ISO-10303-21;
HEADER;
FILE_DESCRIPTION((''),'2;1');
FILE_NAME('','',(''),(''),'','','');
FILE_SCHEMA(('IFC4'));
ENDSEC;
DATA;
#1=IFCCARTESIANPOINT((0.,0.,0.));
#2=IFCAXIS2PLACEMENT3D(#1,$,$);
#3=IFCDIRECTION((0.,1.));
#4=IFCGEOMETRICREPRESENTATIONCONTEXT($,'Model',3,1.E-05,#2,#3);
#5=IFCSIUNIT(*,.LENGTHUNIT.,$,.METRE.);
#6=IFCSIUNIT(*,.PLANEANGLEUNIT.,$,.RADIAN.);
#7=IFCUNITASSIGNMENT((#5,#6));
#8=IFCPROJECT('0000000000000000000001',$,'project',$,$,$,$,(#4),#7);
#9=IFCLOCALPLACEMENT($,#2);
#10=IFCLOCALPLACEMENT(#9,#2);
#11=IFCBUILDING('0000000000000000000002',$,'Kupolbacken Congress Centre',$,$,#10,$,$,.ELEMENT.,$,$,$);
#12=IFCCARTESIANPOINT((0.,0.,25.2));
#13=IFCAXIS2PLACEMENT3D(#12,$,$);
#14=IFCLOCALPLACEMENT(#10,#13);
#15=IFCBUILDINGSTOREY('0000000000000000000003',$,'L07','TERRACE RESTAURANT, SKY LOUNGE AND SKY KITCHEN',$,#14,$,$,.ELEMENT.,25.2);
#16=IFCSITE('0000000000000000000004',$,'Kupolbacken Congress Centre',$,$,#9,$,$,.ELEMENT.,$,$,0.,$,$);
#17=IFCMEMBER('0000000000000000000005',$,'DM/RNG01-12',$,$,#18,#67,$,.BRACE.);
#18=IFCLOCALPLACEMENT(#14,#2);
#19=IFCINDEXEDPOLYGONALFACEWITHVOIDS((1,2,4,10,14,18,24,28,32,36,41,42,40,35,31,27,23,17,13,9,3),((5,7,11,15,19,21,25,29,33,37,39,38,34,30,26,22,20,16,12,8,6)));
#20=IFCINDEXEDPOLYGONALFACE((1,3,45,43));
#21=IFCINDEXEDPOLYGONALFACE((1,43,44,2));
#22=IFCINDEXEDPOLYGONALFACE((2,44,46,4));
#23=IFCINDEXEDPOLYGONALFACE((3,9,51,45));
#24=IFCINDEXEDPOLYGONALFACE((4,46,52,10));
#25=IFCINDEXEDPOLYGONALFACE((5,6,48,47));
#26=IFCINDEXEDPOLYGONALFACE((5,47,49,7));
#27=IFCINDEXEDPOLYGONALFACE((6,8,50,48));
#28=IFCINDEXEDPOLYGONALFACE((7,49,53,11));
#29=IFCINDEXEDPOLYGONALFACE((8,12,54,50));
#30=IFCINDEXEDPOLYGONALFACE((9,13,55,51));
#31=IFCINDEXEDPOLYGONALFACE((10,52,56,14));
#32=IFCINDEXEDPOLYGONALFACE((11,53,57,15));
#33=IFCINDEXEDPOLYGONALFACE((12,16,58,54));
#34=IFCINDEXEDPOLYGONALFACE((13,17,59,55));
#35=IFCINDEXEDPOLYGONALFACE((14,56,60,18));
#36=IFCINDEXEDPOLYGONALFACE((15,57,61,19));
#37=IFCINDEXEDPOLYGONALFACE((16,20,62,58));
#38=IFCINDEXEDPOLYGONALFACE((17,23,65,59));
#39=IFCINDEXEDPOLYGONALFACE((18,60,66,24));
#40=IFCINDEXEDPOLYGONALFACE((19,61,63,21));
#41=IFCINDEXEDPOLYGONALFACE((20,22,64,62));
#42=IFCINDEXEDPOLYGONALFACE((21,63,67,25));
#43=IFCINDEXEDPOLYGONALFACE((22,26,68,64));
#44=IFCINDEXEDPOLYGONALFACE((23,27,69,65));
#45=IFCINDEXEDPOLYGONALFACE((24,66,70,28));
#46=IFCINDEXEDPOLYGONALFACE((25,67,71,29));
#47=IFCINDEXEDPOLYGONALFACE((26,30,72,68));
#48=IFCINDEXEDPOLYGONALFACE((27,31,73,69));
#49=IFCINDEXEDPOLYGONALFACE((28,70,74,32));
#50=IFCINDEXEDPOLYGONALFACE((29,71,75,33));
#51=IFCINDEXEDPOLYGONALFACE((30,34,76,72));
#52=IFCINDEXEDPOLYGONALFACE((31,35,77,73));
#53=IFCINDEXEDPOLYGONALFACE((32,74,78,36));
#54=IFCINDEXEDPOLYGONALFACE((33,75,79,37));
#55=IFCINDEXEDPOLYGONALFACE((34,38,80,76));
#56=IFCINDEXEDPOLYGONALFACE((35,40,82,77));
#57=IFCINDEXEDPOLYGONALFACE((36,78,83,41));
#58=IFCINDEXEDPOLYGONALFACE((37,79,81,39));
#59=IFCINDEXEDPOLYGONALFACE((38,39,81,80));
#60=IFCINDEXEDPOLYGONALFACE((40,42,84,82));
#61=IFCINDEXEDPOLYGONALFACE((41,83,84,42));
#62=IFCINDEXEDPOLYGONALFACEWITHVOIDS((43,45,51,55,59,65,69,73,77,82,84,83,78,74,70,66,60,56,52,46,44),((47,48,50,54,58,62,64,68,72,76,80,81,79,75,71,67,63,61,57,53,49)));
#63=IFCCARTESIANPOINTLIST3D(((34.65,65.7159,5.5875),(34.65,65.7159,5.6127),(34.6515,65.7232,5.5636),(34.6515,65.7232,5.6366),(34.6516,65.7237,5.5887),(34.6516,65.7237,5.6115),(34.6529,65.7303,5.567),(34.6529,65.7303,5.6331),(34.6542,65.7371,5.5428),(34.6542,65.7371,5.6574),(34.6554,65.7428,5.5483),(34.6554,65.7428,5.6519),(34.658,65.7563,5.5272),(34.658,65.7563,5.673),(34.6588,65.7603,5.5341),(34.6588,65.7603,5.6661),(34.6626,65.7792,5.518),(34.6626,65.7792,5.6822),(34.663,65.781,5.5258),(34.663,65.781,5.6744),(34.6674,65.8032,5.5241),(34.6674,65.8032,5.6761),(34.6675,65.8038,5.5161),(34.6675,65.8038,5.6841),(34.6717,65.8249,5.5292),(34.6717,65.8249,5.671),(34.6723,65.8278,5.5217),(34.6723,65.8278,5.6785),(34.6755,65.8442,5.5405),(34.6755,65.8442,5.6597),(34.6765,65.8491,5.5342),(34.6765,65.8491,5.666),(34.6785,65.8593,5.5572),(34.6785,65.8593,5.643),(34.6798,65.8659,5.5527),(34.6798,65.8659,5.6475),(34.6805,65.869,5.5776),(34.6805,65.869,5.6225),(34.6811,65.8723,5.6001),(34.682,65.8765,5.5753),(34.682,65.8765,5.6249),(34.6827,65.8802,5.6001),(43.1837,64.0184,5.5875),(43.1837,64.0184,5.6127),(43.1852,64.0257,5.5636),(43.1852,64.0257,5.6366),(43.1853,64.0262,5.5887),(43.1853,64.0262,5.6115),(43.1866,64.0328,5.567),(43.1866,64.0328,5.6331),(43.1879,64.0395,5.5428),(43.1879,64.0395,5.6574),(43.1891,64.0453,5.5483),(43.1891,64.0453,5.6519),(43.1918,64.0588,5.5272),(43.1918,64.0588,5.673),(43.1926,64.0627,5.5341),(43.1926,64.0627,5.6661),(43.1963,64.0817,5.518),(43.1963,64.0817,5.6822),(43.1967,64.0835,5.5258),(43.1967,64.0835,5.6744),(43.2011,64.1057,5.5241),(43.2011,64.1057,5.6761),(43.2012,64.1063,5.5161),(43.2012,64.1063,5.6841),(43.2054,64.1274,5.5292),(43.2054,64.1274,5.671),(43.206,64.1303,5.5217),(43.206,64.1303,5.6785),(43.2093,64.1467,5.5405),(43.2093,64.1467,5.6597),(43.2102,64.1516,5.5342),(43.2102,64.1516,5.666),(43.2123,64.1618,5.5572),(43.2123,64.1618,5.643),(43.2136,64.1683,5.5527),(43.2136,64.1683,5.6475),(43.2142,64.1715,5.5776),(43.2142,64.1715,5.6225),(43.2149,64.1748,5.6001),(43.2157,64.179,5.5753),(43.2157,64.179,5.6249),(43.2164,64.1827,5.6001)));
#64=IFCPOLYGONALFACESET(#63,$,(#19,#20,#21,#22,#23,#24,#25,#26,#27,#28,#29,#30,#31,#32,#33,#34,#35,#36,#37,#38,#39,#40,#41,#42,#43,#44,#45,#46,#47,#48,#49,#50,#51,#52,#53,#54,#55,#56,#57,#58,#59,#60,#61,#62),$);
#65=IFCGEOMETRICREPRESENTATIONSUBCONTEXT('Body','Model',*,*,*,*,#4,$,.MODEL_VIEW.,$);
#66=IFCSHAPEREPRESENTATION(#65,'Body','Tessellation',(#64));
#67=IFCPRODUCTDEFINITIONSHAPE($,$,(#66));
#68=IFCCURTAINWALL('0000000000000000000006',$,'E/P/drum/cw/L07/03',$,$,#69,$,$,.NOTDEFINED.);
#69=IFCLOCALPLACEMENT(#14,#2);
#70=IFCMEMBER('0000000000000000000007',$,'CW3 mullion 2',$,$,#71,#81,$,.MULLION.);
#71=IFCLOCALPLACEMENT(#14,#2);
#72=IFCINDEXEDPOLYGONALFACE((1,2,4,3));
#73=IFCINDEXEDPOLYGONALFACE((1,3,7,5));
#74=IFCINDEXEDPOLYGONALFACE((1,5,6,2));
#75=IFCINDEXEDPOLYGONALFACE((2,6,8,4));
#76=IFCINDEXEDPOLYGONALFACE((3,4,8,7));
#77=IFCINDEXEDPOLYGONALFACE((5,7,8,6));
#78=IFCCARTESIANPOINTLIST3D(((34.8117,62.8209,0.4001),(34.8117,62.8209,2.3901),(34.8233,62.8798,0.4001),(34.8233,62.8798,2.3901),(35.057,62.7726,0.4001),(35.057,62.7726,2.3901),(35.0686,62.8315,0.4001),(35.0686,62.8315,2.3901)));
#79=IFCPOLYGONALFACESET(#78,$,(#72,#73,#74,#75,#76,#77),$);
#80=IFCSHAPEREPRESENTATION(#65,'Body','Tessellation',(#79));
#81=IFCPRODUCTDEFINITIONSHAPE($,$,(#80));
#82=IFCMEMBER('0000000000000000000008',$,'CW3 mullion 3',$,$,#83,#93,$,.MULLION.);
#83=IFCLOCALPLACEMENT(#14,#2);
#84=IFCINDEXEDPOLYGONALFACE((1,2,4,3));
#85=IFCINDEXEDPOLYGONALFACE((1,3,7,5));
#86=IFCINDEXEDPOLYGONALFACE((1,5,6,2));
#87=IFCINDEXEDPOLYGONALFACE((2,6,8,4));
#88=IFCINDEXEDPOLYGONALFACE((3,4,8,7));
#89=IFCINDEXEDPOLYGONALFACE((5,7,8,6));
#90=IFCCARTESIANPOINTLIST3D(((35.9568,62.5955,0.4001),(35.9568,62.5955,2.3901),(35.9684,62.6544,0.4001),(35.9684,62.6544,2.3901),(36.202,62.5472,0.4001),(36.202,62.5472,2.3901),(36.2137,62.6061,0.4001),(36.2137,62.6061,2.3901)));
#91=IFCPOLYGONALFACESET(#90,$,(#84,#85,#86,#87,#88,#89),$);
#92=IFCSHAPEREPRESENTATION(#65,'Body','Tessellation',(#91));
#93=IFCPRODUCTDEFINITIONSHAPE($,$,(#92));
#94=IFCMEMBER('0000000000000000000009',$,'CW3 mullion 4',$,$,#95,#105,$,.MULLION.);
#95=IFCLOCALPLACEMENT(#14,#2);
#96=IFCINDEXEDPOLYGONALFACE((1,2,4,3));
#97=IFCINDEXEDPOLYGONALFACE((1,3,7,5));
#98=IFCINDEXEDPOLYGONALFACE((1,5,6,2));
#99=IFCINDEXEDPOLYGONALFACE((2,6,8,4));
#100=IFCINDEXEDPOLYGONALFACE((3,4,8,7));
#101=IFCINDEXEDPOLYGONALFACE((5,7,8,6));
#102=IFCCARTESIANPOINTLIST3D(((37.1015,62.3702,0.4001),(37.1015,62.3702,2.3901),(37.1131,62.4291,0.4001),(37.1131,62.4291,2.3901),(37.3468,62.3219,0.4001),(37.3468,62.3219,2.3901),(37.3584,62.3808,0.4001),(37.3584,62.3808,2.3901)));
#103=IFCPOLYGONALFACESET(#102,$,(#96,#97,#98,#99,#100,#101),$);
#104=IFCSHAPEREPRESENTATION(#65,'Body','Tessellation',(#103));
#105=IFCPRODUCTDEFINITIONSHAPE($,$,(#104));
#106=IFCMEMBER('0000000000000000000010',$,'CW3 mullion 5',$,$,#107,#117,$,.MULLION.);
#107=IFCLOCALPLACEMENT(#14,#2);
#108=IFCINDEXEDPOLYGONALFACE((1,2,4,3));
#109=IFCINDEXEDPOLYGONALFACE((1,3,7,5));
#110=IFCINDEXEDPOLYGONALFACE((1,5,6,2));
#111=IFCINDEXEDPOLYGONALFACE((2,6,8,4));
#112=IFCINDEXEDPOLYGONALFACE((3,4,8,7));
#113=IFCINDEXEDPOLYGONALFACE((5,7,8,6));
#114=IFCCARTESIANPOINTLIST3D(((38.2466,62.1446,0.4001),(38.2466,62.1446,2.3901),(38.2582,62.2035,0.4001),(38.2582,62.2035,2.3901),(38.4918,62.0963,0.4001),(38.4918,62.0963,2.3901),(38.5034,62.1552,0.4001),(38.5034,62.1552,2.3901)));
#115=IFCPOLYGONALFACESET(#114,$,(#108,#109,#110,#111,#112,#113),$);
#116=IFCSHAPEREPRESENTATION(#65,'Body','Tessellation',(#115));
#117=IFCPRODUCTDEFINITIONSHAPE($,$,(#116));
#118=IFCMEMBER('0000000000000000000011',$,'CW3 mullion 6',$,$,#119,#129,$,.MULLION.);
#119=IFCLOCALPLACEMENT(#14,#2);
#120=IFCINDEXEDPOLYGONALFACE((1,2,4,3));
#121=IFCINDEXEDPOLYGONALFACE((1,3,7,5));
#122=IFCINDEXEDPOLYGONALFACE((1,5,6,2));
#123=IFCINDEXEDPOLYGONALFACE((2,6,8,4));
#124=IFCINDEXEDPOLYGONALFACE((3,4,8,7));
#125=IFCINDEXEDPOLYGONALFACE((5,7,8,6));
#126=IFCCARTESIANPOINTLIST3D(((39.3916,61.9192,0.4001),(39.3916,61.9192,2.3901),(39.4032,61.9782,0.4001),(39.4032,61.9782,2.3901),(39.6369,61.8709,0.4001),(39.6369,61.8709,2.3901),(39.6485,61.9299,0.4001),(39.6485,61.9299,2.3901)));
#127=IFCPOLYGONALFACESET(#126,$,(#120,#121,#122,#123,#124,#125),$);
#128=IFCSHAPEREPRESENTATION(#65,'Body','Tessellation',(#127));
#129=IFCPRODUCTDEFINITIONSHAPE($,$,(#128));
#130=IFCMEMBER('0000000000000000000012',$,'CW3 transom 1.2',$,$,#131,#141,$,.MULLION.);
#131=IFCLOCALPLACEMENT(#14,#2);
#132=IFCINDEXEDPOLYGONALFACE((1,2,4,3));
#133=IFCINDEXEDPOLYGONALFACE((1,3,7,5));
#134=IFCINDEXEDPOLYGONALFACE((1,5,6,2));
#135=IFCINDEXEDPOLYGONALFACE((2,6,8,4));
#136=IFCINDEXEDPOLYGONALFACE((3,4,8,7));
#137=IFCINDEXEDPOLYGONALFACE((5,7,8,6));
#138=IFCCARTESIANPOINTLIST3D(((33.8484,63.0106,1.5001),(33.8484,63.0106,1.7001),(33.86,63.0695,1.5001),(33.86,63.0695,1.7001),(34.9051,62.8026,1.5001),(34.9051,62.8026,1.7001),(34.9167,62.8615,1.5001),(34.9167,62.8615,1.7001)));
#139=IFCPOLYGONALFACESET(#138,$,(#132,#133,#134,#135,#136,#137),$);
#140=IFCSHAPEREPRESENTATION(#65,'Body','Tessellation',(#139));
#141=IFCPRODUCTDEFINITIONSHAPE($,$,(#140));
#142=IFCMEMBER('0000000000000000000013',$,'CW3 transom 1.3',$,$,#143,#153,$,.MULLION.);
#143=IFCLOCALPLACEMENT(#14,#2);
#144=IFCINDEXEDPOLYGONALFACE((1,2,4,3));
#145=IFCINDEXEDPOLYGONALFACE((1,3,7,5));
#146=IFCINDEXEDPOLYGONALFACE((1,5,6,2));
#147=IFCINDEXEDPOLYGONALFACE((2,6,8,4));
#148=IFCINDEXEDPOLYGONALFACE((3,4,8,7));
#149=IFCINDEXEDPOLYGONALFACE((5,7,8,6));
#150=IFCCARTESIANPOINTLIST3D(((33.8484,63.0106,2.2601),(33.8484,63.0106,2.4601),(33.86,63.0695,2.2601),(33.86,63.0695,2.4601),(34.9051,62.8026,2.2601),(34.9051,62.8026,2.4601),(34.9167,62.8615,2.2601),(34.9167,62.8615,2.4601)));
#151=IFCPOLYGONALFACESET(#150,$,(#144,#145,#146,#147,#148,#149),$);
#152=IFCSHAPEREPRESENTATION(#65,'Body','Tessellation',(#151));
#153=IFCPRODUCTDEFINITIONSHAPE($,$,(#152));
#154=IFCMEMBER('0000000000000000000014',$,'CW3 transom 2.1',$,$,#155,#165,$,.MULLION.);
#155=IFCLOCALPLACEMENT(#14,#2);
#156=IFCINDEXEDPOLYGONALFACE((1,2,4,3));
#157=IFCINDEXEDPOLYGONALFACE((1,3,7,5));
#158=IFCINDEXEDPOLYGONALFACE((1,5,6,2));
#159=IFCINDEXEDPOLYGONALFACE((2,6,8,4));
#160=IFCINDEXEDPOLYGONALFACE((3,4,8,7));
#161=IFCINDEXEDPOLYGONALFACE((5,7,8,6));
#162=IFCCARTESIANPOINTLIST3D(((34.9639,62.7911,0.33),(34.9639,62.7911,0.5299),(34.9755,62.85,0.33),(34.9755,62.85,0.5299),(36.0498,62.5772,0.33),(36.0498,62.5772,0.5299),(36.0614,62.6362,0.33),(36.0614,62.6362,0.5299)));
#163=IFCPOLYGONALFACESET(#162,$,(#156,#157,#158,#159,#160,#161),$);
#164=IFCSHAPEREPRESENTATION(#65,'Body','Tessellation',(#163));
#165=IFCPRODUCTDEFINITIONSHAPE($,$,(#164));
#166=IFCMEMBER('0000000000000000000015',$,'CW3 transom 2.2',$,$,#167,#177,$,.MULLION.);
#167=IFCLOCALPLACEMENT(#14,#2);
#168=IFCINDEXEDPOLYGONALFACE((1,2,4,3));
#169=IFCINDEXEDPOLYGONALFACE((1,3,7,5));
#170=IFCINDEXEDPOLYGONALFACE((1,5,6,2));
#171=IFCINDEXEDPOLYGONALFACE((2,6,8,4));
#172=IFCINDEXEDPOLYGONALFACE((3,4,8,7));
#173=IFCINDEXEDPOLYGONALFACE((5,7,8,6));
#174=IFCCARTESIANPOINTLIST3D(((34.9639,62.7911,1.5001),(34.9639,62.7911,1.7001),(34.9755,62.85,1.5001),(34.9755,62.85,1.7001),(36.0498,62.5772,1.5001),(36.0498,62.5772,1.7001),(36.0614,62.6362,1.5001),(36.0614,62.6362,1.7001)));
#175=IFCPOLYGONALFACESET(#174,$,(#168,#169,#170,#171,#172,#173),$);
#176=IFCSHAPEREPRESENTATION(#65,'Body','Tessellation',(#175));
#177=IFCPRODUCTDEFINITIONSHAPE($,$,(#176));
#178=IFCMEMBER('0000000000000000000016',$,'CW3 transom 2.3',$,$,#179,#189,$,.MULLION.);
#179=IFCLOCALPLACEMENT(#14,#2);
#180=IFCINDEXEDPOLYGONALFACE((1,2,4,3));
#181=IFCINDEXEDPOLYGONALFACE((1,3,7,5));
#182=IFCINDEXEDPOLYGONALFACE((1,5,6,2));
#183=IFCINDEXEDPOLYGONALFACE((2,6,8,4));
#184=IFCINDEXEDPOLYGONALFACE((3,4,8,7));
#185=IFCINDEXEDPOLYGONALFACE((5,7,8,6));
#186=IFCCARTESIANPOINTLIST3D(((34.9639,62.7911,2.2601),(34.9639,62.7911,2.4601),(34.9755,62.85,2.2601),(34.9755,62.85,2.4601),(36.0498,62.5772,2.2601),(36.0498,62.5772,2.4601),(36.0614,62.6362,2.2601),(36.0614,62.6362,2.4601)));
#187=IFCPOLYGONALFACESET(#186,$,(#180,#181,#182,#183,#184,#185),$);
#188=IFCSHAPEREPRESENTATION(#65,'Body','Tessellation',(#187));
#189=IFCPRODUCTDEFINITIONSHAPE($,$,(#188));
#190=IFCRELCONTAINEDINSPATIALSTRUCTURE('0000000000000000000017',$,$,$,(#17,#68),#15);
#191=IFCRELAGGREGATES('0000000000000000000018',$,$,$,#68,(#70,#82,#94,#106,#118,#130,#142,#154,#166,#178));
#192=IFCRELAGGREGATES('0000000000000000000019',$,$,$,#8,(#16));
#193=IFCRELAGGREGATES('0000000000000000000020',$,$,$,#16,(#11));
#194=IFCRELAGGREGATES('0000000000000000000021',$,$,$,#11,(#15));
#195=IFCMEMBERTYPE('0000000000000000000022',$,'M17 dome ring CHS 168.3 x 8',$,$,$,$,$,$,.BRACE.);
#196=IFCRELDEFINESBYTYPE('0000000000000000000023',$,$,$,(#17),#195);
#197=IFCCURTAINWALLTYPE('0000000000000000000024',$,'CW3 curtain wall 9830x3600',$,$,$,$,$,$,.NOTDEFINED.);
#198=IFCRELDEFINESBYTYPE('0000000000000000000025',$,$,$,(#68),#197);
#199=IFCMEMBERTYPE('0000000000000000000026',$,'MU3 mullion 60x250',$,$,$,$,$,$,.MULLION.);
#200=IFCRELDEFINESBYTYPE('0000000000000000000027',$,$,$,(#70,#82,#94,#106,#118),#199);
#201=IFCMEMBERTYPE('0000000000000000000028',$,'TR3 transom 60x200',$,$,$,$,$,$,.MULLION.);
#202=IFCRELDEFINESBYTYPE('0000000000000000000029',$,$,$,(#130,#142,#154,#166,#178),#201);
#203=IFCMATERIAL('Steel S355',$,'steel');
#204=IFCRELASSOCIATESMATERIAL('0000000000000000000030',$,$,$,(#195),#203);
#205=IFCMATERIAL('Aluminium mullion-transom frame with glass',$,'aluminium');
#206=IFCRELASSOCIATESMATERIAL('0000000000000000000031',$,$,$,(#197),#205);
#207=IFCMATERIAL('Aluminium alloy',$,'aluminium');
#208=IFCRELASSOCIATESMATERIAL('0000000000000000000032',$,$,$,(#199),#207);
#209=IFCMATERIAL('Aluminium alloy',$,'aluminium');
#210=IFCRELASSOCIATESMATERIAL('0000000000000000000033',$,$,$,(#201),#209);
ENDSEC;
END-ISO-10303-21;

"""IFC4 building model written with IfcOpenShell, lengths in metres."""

from ifc_helpers import new_model, si_unit, direction, frame, origin, origin_2d, place, context, subcontext, project, spatial, rectangle, hollow_circle, extrude, material, material_profile, profile_set, type_object, element, aggregate, save


model = new_model("IFC4")

# Units and contexts
model_context = context("Model", 3, precision=1e-05, world=origin(), true_north=direction((0.0, 1.0)))
body_context = subcontext(model_context, "Body", "Model", "MODEL_VIEW")
ifc_project = project(units=[si_unit("LENGTHUNIT", "METRE"), si_unit("PLANEANGLEUNIT", "RADIAN")], contexts=[model_context])

# Site, building, storey
site_placement = place(None, origin())
site = spatial("IfcSite", under=ifc_project, at=site_placement, Name="Kupolbacken Congress Centre", CompositionType="ELEMENT", RefElevation=0.0)
building_placement = place(site_placement, origin())
building = spatial("IfcBuilding", under=site, at=building_placement, Name="Kupolbacken Congress Centre", CompositionType="ELEMENT")
storey_placement = place(building_placement, frame((0.0, 0.0, 25.2)))
storey = spatial("IfcBuildingStorey", under=building, at=storey_placement, Name="L07", Description="TERRACE RESTAURANT, SKY LOUNGE AND SKY KITCHEN", CompositionType="ELEMENT", Elevation=25.2)

# Member
ifc_material_1 = material(Name="Steel S355", Category="steel")
ifc_material_profile_1 = material_profile(ifc_material_1, hollow_circle(Radius=0.0842, WallThickness=0.0081, at=origin_2d()), Name="CHS 168.3 x 8")
ifc_profile_set_1 = profile_set([ifc_material_profile_1], Name="Steel S355")
member_type_1 = type_object("IfcMemberType", Name="M17 dome ring CHS 168.3 x 8", PredefinedType="BRACE", material=ifc_profile_set_1)
member_1_placement = place(storey_placement, frame((34.6663, 65.7976, 5.6001), z_axis=(0.980784, -0.195096, 0.0), x_axis=(0.195096, 0.980784, 0.0)))
element("IfcMember", 1, at=member_1_placement, inside=storey, type_object=member_type_1, Name="DM/RNG01-12", PredefinedType="BRACE", context=body_context, shape_type="SweptSolid", body=[
    extrude(hollow_circle(Radius=0.0842, WallThickness=0.0081, at=origin_2d()), origin(), (0.0, 0.0, 1.0), 8.7009),
])

# Curtain wall, members
ifc_material_2 = material(Name="Aluminium mullion-transom frame with glass", Category="aluminium")
curtain_wall_type = type_object("IfcCurtainWallType", Name="CW3 curtain wall 9830x3600", PredefinedType="NOTDEFINED", material=ifc_material_2)
curtain_wall_placement = place(storey_placement, origin())
curtain_wall = element("IfcCurtainWall", 2, at=curtain_wall_placement, inside=storey, type_object=curtain_wall_type, Name="E/P/drum/cw/L07/03", PredefinedType="NOTDEFINED")
ifc_material_3 = material(Name="Aluminium alloy", Category="aluminium")
ifc_material_profile_2 = material_profile(ifc_material_3, rectangle(XDim=0.0601, YDim=0.25, at=origin_2d()), Name="60 x 250")
ifc_profile_set_2 = profile_set([ifc_material_profile_2], Name="Aluminium alloy")
member_type_2 = type_object("IfcMemberType", Name="MU3 mullion 60x250", PredefinedType="MULLION", material=ifc_profile_set_2)
member_2_placement = place(storey_placement, frame((34.9402, 62.8262, 0.4001), z_axis=(0.0, 0.0, 1.0), x_axis=(0.193182, 0.981163, 0.0)))
member_2 = element("IfcMember", 3, at=member_2_placement, type_object=member_type_2, Name="CW3 mullion 2", PredefinedType="MULLION", context=body_context, shape_type="SweptSolid", body=[
    extrude(rectangle(XDim=0.0601, YDim=0.25, at=origin_2d()), origin(), (0.0, 0.0, 1.0), 1.99),
])
member_3_placement = place(storey_placement, frame((36.0852, 62.6008, 0.4001), z_axis=(0.0, 0.0, 1.0), x_axis=(0.193182, 0.981163, 0.0)))
member_3 = element("IfcMember", 4, at=member_3_placement, type_object=member_type_2, Name="CW3 mullion 3", PredefinedType="MULLION", context=body_context, shape_type="SweptSolid", body=[
    extrude(rectangle(XDim=0.0601, YDim=0.25, at=origin_2d()), origin(), (0.0, 0.0, 1.0), 1.99),
])
member_4_placement = place(storey_placement, frame((37.23, 62.3755, 0.4001), z_axis=(0.0, 0.0, 1.0), x_axis=(0.193182, 0.981163, 0.0)))
member_4 = element("IfcMember", 5, at=member_4_placement, type_object=member_type_2, Name="CW3 mullion 4", PredefinedType="MULLION", context=body_context, shape_type="SweptSolid", body=[
    extrude(rectangle(XDim=0.0601, YDim=0.25, at=origin_2d()), origin(), (0.0, 0.0, 1.0), 1.99),
])
member_5_placement = place(storey_placement, frame((38.375, 62.1499, 0.4001), z_axis=(0.0, 0.0, 1.0), x_axis=(0.193182, 0.981163, 0.0)))
member_5 = element("IfcMember", 6, at=member_5_placement, type_object=member_type_2, Name="CW3 mullion 5", PredefinedType="MULLION", context=body_context, shape_type="SweptSolid", body=[
    extrude(rectangle(XDim=0.0601, YDim=0.25, at=origin_2d()), origin(), (0.0, 0.0, 1.0), 1.99),
])
member_6_placement = place(storey_placement, frame((39.52, 61.9246, 0.4001), z_axis=(0.0, 0.0, 1.0), x_axis=(0.193182, 0.981163, 0.0)))
member_6 = element("IfcMember", 7, at=member_6_placement, type_object=member_type_2, Name="CW3 mullion 6", PredefinedType="MULLION", context=body_context, shape_type="SweptSolid", body=[
    extrude(rectangle(XDim=0.0601, YDim=0.25, at=origin_2d()), origin(), (0.0, 0.0, 1.0), 1.99),
])
ifc_material_4 = material(Name="Aluminium alloy", Category="aluminium")
ifc_material_profile_3 = material_profile(ifc_material_4, rectangle(XDim=0.0601, YDim=0.2, at=origin_2d()), Name="60 x 200")
ifc_profile_set_3 = profile_set([ifc_material_profile_3], Name="Aluminium alloy")
member_type_3 = type_object("IfcMemberType", Name="TR3 transom 60x200", PredefinedType="MULLION", material=ifc_profile_set_3)
member_7_placement = place(storey_placement, frame((33.8542, 63.04, 1.6001), z_axis=(0.981169, -0.193151, 0.0), x_axis=(0.193151, 0.981169, 0.0)))
member_7 = element("IfcMember", 8, at=member_7_placement, type_object=member_type_3, Name="CW3 transom 1.2", PredefinedType="MULLION", context=body_context, shape_type="SweptSolid", body=[
    extrude(rectangle(XDim=0.0601, YDim=0.2, at=origin_2d()), origin(), (0.0, 0.0, 1.0), 1.0769),
])
member_8_placement = place(storey_placement, frame((33.8542, 63.04, 2.3601), z_axis=(0.981169, -0.193151, 0.0), x_axis=(0.193151, 0.981169, 0.0)))
member_8 = element("IfcMember", 9, at=member_8_placement, type_object=member_type_3, Name="CW3 transom 1.3", PredefinedType="MULLION", context=body_context, shape_type="SweptSolid", body=[
    extrude(rectangle(XDim=0.0601, YDim=0.2, at=origin_2d()), origin(), (0.0, 0.0, 1.0), 1.0769),
])
member_9_placement = place(storey_placement, frame((34.9697, 62.8206, 0.4299), z_axis=(0.981153, -0.193231, 0.0), x_axis=(0.193231, 0.981153, 0.0)))
member_9 = element("IfcMember", 10, at=member_9_placement, type_object=member_type_3, Name="CW3 transom 2.1", PredefinedType="MULLION", context=body_context, shape_type="SweptSolid", body=[
    extrude(rectangle(XDim=0.0601, YDim=0.2, at=origin_2d()), origin(), (0.0, 0.0, 1.0), 1.1067),
])
member_10_placement = place(storey_placement, frame((34.9697, 62.8206, 1.6001), z_axis=(0.981153, -0.193231, 0.0), x_axis=(0.193231, 0.981153, 0.0)))
member_10 = element("IfcMember", 11, at=member_10_placement, type_object=member_type_3, Name="CW3 transom 2.2", PredefinedType="MULLION", context=body_context, shape_type="SweptSolid", body=[
    extrude(rectangle(XDim=0.0601, YDim=0.2, at=origin_2d()), origin(), (0.0, 0.0, 1.0), 1.1067),
])
member_11_placement = place(storey_placement, frame((34.9697, 62.8206, 2.3601), z_axis=(0.981153, -0.193231, 0.0), x_axis=(0.193231, 0.981153, 0.0)))
member_11 = element("IfcMember", 12, at=member_11_placement, type_object=member_type_3, Name="CW3 transom 2.3", PredefinedType="MULLION", context=body_context, shape_type="SweptSolid", body=[
    extrude(rectangle(XDim=0.0601, YDim=0.2, at=origin_2d()), origin(), (0.0, 0.0, 1.0), 1.1067),
])
aggregate(curtain_wall, [member_2, member_3, member_4, member_5, member_6, member_7, member_8, member_9, member_10, member_11])

save(model, "model.ifc")
